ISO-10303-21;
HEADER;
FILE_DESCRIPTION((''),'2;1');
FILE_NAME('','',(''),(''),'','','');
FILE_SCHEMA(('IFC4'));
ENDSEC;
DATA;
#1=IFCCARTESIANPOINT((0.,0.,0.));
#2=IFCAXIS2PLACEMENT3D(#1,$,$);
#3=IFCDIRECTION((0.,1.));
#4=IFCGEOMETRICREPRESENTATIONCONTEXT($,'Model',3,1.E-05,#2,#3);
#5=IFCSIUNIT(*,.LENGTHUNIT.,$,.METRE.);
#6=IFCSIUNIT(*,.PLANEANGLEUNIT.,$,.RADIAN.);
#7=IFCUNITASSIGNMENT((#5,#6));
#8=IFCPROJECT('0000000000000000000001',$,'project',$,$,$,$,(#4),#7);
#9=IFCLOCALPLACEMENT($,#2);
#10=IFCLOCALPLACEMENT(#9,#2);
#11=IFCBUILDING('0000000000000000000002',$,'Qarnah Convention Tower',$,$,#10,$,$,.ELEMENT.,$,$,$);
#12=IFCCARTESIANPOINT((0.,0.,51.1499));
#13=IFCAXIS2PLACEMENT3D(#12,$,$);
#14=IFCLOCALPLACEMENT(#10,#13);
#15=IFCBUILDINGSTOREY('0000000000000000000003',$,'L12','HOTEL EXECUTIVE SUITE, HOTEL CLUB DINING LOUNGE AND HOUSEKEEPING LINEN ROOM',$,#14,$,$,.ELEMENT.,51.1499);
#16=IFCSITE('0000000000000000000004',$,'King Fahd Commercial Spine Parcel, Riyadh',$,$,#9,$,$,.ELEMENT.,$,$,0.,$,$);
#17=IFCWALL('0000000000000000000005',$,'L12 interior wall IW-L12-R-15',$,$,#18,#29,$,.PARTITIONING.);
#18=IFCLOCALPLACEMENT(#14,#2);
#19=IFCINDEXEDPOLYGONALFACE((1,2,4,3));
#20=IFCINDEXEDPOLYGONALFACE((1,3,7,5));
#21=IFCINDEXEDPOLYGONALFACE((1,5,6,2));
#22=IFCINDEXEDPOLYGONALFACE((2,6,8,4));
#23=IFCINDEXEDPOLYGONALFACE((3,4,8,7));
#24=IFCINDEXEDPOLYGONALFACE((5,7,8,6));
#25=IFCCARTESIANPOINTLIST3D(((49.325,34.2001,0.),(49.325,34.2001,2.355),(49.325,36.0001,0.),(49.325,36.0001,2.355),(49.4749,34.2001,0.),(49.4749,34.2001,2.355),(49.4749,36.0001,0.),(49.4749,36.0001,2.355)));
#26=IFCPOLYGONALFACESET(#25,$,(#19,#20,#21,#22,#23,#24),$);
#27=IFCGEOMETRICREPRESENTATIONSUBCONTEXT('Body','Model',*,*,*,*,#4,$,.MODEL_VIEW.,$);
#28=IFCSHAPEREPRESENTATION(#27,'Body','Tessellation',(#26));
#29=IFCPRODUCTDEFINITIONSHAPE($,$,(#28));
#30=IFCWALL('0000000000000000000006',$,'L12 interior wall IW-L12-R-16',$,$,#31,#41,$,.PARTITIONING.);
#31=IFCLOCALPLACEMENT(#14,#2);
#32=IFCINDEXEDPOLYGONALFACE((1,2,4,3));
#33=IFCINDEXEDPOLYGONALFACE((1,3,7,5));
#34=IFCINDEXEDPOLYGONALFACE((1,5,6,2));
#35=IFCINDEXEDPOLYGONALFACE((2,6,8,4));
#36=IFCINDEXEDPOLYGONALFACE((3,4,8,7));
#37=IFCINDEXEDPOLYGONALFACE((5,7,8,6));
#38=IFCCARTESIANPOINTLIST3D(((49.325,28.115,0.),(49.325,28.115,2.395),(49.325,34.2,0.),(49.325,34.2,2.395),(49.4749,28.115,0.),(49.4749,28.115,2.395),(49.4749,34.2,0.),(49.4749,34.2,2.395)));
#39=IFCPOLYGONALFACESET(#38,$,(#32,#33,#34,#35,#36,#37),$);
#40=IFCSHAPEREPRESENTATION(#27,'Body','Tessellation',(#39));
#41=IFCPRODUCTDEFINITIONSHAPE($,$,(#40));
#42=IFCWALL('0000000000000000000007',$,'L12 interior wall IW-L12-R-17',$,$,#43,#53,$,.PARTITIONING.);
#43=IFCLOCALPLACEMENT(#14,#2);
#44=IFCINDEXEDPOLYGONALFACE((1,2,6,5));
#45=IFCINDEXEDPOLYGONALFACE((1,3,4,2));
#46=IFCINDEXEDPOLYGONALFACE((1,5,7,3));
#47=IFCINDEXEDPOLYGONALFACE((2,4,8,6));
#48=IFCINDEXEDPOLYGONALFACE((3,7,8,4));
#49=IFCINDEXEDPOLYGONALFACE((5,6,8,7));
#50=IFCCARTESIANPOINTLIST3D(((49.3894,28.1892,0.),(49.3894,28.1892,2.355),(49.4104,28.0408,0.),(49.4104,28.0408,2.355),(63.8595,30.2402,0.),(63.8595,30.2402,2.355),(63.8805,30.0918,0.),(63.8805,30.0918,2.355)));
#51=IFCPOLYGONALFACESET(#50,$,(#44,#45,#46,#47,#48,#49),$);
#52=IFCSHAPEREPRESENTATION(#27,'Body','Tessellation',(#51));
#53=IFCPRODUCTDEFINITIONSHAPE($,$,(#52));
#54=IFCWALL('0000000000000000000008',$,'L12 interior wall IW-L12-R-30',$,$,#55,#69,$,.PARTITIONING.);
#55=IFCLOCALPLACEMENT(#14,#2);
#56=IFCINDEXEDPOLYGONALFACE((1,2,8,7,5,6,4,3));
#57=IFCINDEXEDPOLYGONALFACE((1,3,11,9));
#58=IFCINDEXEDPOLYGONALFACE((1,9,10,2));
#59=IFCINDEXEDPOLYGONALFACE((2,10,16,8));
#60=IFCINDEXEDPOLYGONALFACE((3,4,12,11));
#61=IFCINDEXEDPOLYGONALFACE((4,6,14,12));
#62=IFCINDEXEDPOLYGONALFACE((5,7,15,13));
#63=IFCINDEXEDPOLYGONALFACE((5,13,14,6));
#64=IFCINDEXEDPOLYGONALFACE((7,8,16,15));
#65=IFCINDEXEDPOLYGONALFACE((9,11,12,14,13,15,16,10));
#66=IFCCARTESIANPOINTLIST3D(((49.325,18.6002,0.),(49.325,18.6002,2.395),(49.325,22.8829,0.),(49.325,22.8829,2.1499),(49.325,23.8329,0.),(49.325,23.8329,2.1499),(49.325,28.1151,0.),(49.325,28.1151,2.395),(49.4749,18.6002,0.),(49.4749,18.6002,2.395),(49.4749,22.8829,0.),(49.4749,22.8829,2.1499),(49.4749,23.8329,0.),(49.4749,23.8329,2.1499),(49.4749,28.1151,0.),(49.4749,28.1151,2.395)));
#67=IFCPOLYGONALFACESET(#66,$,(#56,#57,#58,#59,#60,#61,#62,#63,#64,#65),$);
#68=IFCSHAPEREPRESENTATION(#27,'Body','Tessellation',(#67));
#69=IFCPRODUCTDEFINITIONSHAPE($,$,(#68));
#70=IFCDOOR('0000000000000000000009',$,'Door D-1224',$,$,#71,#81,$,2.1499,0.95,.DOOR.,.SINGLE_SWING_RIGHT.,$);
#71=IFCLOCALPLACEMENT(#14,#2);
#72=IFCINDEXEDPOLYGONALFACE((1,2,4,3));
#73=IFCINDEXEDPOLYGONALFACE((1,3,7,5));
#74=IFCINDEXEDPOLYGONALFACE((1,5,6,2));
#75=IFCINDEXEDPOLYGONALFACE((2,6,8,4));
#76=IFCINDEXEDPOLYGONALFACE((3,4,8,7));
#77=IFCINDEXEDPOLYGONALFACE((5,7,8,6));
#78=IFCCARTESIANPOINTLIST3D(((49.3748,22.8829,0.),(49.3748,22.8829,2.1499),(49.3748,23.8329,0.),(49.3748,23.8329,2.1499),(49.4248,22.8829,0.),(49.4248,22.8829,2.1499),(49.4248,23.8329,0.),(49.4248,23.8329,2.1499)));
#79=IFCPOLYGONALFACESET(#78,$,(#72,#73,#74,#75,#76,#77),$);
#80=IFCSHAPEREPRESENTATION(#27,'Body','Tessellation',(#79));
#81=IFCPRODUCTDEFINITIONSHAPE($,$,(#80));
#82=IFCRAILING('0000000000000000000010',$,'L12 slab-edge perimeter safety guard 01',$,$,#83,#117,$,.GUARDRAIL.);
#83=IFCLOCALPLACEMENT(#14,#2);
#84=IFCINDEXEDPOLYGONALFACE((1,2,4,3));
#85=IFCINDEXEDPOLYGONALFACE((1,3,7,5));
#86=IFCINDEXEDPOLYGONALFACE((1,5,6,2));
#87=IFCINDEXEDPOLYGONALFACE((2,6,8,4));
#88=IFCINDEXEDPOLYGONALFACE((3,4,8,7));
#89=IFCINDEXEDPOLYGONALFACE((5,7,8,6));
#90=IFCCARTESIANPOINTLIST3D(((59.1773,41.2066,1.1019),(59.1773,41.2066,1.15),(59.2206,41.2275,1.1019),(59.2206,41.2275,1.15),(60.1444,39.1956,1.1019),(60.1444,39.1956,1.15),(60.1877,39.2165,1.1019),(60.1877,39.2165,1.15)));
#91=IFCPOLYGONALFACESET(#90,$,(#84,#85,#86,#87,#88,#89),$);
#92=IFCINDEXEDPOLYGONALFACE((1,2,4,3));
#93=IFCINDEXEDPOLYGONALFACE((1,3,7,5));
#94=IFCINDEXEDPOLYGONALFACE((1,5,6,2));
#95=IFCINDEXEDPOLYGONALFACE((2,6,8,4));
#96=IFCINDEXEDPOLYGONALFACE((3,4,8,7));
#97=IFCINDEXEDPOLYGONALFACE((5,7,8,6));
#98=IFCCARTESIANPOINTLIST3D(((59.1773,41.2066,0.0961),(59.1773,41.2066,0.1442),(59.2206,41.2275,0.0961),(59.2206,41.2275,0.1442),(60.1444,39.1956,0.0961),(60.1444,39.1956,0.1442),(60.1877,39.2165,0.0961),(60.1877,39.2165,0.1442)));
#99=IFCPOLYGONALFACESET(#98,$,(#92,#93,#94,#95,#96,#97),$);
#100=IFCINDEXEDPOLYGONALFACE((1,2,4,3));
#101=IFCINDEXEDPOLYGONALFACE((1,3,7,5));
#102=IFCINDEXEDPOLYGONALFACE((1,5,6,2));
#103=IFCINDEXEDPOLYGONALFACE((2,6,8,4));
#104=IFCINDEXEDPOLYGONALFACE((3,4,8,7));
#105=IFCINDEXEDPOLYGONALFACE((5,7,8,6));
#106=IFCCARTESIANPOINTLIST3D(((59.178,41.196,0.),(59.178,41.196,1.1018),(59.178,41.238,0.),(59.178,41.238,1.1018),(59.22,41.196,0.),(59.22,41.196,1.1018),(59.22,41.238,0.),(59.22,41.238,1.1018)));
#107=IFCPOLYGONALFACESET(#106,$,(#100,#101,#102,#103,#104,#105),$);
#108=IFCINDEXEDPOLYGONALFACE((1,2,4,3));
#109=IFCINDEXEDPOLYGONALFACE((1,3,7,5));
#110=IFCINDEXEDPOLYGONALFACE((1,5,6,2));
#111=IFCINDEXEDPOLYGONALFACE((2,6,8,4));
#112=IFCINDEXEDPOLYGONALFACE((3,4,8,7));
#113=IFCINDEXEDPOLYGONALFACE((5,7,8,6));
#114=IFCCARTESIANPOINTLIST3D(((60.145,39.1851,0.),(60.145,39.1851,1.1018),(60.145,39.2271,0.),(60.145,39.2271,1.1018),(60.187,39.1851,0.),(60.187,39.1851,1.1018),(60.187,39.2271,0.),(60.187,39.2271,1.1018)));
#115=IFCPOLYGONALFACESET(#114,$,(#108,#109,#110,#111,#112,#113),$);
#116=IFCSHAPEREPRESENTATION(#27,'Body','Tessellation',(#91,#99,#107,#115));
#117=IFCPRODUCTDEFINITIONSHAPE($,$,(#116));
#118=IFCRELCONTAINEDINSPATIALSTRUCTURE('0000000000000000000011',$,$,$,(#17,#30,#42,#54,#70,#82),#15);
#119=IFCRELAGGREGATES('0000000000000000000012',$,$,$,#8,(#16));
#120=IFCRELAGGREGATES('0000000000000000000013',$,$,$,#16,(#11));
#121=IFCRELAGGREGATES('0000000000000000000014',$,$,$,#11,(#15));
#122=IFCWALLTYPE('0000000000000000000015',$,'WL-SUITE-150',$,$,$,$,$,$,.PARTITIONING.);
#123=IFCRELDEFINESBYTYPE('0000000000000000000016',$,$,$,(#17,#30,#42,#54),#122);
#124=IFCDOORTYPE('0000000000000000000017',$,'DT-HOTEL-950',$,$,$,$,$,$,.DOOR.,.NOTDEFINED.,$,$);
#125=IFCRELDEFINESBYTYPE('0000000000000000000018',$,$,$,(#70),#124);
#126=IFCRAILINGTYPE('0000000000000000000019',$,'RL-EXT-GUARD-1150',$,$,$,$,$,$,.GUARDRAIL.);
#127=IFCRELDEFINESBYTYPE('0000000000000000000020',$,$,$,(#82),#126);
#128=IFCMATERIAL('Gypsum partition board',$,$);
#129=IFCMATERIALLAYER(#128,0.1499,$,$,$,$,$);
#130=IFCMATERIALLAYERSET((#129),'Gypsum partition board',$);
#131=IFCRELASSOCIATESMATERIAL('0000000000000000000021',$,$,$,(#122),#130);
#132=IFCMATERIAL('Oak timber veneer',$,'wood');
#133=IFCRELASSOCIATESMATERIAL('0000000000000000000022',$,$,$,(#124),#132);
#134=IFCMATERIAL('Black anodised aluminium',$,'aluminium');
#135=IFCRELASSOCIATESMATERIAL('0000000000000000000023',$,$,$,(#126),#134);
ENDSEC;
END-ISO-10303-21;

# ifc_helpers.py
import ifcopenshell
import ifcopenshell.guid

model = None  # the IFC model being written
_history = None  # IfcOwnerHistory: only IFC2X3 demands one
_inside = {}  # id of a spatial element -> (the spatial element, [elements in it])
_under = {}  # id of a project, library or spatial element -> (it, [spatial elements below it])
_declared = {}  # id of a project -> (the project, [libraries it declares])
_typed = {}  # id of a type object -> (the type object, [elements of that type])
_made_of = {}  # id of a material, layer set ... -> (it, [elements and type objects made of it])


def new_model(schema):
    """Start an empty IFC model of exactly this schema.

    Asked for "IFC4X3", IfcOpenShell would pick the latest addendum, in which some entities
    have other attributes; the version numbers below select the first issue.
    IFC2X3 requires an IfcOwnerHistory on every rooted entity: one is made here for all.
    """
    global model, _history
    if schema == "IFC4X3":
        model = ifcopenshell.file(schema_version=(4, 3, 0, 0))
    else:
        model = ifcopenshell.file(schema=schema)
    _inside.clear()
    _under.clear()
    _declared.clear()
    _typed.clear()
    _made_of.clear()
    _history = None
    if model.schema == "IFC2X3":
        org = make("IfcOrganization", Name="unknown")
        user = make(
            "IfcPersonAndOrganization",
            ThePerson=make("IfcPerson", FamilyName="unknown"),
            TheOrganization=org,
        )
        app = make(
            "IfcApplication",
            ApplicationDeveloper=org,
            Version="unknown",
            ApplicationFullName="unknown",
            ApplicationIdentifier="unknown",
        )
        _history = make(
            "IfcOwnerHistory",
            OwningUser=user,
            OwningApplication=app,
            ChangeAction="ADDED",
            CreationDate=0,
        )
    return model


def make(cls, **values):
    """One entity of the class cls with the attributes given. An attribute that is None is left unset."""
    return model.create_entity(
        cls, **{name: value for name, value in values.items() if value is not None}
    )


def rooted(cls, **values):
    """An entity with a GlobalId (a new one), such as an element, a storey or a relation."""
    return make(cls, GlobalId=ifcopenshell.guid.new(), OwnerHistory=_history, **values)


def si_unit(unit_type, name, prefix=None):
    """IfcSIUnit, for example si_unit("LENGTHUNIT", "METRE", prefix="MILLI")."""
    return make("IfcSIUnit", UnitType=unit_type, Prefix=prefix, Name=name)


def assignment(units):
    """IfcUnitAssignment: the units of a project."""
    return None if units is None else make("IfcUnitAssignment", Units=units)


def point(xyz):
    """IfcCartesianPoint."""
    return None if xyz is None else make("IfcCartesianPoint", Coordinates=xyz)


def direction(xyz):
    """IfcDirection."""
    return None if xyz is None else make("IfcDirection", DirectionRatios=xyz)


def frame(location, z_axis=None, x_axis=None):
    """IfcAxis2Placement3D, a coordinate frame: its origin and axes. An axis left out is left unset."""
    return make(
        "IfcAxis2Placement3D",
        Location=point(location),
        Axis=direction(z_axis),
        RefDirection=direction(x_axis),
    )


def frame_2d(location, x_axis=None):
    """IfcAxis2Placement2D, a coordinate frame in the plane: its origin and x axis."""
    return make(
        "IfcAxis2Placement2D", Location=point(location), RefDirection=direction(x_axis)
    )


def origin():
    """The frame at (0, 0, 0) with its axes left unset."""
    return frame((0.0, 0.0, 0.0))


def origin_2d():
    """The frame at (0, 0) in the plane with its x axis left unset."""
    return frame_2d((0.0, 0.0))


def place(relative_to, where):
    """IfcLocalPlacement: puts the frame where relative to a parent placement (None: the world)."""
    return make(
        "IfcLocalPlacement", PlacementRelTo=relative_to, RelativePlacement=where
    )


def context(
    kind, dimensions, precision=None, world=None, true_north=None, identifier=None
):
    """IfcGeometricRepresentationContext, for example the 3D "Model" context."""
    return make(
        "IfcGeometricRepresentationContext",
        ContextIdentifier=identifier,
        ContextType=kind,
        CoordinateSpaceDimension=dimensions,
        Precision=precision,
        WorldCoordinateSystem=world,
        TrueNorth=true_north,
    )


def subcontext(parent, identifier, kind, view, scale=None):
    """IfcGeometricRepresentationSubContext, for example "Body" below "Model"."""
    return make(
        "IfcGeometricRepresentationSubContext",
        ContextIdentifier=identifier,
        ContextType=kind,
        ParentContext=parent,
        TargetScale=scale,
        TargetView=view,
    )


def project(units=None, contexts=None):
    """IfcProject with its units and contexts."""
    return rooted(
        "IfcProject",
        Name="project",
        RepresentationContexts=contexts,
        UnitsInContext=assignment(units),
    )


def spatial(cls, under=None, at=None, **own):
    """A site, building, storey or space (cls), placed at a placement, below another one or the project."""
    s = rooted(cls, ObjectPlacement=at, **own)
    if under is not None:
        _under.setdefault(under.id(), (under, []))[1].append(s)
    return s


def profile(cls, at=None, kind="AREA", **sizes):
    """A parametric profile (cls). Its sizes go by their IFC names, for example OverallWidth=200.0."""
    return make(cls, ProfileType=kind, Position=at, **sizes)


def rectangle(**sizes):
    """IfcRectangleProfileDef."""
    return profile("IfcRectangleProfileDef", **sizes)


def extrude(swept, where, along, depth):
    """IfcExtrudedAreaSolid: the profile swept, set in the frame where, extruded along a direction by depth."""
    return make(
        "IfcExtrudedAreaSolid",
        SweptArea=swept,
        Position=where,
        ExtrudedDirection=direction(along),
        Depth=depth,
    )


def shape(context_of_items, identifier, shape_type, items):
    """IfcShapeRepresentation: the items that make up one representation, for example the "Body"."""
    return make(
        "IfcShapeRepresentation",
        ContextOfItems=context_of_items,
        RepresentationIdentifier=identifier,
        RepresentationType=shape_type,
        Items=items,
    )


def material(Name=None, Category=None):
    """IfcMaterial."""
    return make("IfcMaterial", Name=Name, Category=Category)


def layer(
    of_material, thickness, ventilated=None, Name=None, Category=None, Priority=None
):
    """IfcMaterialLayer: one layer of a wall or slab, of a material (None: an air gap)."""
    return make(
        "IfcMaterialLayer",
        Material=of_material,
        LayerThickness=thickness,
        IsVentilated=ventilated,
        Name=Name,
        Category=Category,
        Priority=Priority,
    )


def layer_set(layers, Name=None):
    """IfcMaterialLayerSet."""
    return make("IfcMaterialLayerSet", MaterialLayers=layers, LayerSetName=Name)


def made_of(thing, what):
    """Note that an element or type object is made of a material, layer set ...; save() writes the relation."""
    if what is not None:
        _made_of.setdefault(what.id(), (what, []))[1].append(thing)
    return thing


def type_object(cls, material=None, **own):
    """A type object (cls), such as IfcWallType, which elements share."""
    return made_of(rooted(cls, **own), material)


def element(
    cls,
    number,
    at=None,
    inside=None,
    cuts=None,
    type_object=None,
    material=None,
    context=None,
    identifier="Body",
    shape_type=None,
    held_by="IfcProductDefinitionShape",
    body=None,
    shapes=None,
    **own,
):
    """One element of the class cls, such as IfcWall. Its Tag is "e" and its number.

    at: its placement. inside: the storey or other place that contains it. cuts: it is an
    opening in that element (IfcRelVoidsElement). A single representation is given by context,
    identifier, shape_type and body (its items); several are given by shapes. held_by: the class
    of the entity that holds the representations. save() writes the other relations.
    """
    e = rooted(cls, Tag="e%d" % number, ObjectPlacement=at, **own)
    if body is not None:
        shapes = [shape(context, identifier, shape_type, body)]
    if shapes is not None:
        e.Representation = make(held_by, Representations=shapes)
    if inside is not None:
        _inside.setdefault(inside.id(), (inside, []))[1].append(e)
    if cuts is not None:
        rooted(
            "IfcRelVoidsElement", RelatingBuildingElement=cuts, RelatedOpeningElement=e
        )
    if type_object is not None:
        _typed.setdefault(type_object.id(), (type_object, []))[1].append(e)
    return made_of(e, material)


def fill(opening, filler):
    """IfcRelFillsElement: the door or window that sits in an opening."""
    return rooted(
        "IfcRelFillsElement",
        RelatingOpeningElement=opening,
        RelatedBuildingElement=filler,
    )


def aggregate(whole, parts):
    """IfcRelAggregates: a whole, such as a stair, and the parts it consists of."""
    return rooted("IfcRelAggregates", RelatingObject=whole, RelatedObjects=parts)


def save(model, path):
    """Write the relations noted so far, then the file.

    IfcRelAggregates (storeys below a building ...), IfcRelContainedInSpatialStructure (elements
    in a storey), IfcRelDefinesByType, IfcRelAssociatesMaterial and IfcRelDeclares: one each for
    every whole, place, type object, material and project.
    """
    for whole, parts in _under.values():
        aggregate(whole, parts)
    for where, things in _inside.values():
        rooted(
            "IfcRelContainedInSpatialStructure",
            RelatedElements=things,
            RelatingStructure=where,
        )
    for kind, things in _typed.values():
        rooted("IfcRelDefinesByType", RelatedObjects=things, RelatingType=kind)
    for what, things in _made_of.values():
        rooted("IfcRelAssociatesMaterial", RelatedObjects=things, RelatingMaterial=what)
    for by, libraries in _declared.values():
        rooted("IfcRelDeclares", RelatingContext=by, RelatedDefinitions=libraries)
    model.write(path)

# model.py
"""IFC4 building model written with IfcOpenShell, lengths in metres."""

from ifc_helpers import new_model, si_unit, direction, frame, frame_2d, origin, origin_2d, place, context, subcontext, project, spatial, rectangle, extrude, material, layer, layer_set, type_object, element, fill, save


model = new_model("IFC4")

# Units and contexts
model_context = context("Model", 3, precision=1e-05, world=origin(), true_north=direction((0.0, 1.0)))
body_context = subcontext(model_context, "Body", "Model", "MODEL_VIEW")
ifc_project = project(units=[si_unit("LENGTHUNIT", "METRE"), si_unit("PLANEANGLEUNIT", "RADIAN")], contexts=[model_context])

# Site, building, storey
site_placement = place(None, origin())
site = spatial("IfcSite", under=ifc_project, at=site_placement, Name="King Fahd Commercial Spine Parcel, Riyadh", CompositionType="ELEMENT", RefElevation=0.0)
building_placement = place(site_placement, origin())
building = spatial("IfcBuilding", under=site, at=building_placement, Name="Qarnah Convention Tower", CompositionType="ELEMENT")
storey_placement = place(building_placement, frame((0.0, 0.0, 51.1499)))
storey = spatial("IfcBuildingStorey", under=building, at=storey_placement, Name="L12", Description="HOTEL EXECUTIVE SUITE, HOTEL CLUB DINING LOUNGE AND HOUSEKEEPING LINEN ROOM", CompositionType="ELEMENT", Elevation=51.1499)

# Shared definitions
ifc_material_1 = material(Name="Black anodised aluminium", Category="aluminium")

# Walls
ifc_material_2 = material(Name="Gypsum partition board")
ifc_layer_1 = layer(ifc_material_2, 0.1499)
ifc_layer_set_1 = layer_set([ifc_layer_1], Name="Gypsum partition board")
wall_type_1 = type_object("IfcWallType", Name="WL-SUITE-150", PredefinedType="PARTITIONING", material=ifc_layer_set_1)
wall_1_placement = place(storey_placement, frame((49.3999, 36.0, 0.0), z_axis=(0.0, 0.0, 1.0), x_axis=(0.0, -1.0, 0.0)))
element("IfcWall", 1, at=wall_1_placement, inside=storey, type_object=wall_type_1, Name="L12 interior wall IW-L12-R-15", PredefinedType="PARTITIONING", context=body_context, shape_type="SweptSolid", body=[
    extrude(rectangle(XDim=1.8, YDim=0.1499, at=frame_2d((0.8999, 0.0))), origin(), (0.0, 0.0, 1.0), 2.355),
])
wall_2_placement = place(storey_placement, frame((49.3999, 34.2, 0.0), z_axis=(0.0, 0.0, 1.0), x_axis=(0.0, -1.0, 0.0)))
element("IfcWall", 2, at=wall_2_placement, inside=storey, type_object=wall_type_1, Name="L12 interior wall IW-L12-R-16", PredefinedType="PARTITIONING", context=body_context, shape_type="SweptSolid", body=[
    extrude(rectangle(XDim=6.085, YDim=0.1499, at=frame_2d((3.0425, 0.0))), origin(), (0.0, 0.0, 1.0), 2.395),
])
wall_3_placement = place(storey_placement, frame((49.3999, 28.115, 0.0), z_axis=(0.0, 0.0, 1.0), x_axis=(0.990104, 0.140338, 0.0)))
element("IfcWall", 3, at=wall_3_placement, inside=storey, type_object=wall_type_1, Name="L12 interior wall IW-L12-R-17", PredefinedType="PARTITIONING", context=body_context, shape_type="SweptSolid", body=[
    extrude(rectangle(XDim=14.6147, YDim=0.1499, at=frame_2d((7.3074, 0.0))), origin(), (0.0, 0.0, 1.0), 2.355),
])

# Wall, opening, door
wall_4_placement = place(storey_placement, frame((49.3999, 28.115, 0.0), z_axis=(0.0, 0.0, 1.0), x_axis=(0.0, -1.0, 0.0)))
wall_4 = element("IfcWall", 4, at=wall_4_placement, inside=storey, type_object=wall_type_1, Name="L12 interior wall IW-L12-R-30", PredefinedType="PARTITIONING", context=body_context, shape_type="SweptSolid", body=[
    extrude(rectangle(XDim=9.5149, YDim=0.1499, at=frame_2d((4.7573, 0.0))), origin(), (0.0, 0.0, 1.0), 2.395),
])
opening_1_placement = place(wall_4_placement, frame((4.282, 0.0, 0.0)))
opening_1 = element("IfcOpeningElement", 5, at=opening_1_placement, cuts=wall_4, PredefinedType="OPENING", context=body_context, shape_type="SweptSolid", body=[
    extrude(rectangle(XDim=0.95, YDim=2.1499, at=frame_2d((0.4751, 1.075))), frame((0.0, 0.085, 0.0), z_axis=(0.0, -1.0, 0.0), x_axis=(1.0, 0.0, 0.0)), (0.0, 0.0, 1.0), 0.1699),
])
ifc_material_3 = material(Name="Oak timber veneer", Category="wood")
door_type_1 = type_object("IfcDoorType", Name="DT-HOTEL-950", OperationType="NOTDEFINED", PredefinedType="DOOR", material=ifc_material_3)
door_1_placement = place(opening_1_placement, origin())
door_1 = element("IfcDoor", 6, at=door_1_placement, inside=storey, type_object=door_type_1, Name="Door D-1224", OperationType="SINGLE_SWING_RIGHT", OverallHeight=2.1499, OverallWidth=0.95, PredefinedType="DOOR", context=body_context, shape_type="SweptSolid", body=[
    extrude(rectangle(XDim=0.95, YDim=2.1499, at=frame_2d((0.4751, 1.075))), frame((0.0, 0.0249, 0.0), z_axis=(0.0, -1.0, 0.0), x_axis=(1.0, 0.0, 0.0)), (0.0, 0.0, 1.0), 0.05),
])
fill(opening_1, door_1)

# Railing
railing_type = type_object("IfcRailingType", Name="RL-EXT-GUARD-1150", PredefinedType="GUARDRAIL", material=ifc_material_1)
railing_1_placement = place(storey_placement, frame((59.199, 41.217, 0.0)))
element("IfcRailing", 7, at=railing_1_placement, inside=storey, type_object=railing_type, Name="L12 slab-edge perimeter safety guard 01", PredefinedType="GUARDRAIL", context=body_context, shape_type="SweptSolid", body=[
    extrude(rectangle(XDim=0.0481, YDim=0.0481, at=origin_2d()), frame((0.0, 0.0, 1.126), z_axis=(0.433375, -0.901214, 0.0), x_axis=(0.901214, 0.433375, 0.0)), (0.0, 0.0, 1.0), 2.2314),
    extrude(rectangle(XDim=0.0481, YDim=0.0481, at=origin_2d()), frame((0.0, 0.0, 0.1201), z_axis=(0.433375, -0.901214, 0.0), x_axis=(0.901214, 0.433375, 0.0)), (0.0, 0.0, 1.0), 2.2314),
    extrude(rectangle(XDim=0.042, YDim=0.042, at=origin_2d()), origin(), (0.0, 0.0, 1.0), 1.1018),
    extrude(rectangle(XDim=0.042, YDim=0.042, at=origin_2d()), frame((0.967, -2.011, 0.0)), (0.0, 0.0, 1.0), 1.1018),
])

save(model, "model.ifc")
